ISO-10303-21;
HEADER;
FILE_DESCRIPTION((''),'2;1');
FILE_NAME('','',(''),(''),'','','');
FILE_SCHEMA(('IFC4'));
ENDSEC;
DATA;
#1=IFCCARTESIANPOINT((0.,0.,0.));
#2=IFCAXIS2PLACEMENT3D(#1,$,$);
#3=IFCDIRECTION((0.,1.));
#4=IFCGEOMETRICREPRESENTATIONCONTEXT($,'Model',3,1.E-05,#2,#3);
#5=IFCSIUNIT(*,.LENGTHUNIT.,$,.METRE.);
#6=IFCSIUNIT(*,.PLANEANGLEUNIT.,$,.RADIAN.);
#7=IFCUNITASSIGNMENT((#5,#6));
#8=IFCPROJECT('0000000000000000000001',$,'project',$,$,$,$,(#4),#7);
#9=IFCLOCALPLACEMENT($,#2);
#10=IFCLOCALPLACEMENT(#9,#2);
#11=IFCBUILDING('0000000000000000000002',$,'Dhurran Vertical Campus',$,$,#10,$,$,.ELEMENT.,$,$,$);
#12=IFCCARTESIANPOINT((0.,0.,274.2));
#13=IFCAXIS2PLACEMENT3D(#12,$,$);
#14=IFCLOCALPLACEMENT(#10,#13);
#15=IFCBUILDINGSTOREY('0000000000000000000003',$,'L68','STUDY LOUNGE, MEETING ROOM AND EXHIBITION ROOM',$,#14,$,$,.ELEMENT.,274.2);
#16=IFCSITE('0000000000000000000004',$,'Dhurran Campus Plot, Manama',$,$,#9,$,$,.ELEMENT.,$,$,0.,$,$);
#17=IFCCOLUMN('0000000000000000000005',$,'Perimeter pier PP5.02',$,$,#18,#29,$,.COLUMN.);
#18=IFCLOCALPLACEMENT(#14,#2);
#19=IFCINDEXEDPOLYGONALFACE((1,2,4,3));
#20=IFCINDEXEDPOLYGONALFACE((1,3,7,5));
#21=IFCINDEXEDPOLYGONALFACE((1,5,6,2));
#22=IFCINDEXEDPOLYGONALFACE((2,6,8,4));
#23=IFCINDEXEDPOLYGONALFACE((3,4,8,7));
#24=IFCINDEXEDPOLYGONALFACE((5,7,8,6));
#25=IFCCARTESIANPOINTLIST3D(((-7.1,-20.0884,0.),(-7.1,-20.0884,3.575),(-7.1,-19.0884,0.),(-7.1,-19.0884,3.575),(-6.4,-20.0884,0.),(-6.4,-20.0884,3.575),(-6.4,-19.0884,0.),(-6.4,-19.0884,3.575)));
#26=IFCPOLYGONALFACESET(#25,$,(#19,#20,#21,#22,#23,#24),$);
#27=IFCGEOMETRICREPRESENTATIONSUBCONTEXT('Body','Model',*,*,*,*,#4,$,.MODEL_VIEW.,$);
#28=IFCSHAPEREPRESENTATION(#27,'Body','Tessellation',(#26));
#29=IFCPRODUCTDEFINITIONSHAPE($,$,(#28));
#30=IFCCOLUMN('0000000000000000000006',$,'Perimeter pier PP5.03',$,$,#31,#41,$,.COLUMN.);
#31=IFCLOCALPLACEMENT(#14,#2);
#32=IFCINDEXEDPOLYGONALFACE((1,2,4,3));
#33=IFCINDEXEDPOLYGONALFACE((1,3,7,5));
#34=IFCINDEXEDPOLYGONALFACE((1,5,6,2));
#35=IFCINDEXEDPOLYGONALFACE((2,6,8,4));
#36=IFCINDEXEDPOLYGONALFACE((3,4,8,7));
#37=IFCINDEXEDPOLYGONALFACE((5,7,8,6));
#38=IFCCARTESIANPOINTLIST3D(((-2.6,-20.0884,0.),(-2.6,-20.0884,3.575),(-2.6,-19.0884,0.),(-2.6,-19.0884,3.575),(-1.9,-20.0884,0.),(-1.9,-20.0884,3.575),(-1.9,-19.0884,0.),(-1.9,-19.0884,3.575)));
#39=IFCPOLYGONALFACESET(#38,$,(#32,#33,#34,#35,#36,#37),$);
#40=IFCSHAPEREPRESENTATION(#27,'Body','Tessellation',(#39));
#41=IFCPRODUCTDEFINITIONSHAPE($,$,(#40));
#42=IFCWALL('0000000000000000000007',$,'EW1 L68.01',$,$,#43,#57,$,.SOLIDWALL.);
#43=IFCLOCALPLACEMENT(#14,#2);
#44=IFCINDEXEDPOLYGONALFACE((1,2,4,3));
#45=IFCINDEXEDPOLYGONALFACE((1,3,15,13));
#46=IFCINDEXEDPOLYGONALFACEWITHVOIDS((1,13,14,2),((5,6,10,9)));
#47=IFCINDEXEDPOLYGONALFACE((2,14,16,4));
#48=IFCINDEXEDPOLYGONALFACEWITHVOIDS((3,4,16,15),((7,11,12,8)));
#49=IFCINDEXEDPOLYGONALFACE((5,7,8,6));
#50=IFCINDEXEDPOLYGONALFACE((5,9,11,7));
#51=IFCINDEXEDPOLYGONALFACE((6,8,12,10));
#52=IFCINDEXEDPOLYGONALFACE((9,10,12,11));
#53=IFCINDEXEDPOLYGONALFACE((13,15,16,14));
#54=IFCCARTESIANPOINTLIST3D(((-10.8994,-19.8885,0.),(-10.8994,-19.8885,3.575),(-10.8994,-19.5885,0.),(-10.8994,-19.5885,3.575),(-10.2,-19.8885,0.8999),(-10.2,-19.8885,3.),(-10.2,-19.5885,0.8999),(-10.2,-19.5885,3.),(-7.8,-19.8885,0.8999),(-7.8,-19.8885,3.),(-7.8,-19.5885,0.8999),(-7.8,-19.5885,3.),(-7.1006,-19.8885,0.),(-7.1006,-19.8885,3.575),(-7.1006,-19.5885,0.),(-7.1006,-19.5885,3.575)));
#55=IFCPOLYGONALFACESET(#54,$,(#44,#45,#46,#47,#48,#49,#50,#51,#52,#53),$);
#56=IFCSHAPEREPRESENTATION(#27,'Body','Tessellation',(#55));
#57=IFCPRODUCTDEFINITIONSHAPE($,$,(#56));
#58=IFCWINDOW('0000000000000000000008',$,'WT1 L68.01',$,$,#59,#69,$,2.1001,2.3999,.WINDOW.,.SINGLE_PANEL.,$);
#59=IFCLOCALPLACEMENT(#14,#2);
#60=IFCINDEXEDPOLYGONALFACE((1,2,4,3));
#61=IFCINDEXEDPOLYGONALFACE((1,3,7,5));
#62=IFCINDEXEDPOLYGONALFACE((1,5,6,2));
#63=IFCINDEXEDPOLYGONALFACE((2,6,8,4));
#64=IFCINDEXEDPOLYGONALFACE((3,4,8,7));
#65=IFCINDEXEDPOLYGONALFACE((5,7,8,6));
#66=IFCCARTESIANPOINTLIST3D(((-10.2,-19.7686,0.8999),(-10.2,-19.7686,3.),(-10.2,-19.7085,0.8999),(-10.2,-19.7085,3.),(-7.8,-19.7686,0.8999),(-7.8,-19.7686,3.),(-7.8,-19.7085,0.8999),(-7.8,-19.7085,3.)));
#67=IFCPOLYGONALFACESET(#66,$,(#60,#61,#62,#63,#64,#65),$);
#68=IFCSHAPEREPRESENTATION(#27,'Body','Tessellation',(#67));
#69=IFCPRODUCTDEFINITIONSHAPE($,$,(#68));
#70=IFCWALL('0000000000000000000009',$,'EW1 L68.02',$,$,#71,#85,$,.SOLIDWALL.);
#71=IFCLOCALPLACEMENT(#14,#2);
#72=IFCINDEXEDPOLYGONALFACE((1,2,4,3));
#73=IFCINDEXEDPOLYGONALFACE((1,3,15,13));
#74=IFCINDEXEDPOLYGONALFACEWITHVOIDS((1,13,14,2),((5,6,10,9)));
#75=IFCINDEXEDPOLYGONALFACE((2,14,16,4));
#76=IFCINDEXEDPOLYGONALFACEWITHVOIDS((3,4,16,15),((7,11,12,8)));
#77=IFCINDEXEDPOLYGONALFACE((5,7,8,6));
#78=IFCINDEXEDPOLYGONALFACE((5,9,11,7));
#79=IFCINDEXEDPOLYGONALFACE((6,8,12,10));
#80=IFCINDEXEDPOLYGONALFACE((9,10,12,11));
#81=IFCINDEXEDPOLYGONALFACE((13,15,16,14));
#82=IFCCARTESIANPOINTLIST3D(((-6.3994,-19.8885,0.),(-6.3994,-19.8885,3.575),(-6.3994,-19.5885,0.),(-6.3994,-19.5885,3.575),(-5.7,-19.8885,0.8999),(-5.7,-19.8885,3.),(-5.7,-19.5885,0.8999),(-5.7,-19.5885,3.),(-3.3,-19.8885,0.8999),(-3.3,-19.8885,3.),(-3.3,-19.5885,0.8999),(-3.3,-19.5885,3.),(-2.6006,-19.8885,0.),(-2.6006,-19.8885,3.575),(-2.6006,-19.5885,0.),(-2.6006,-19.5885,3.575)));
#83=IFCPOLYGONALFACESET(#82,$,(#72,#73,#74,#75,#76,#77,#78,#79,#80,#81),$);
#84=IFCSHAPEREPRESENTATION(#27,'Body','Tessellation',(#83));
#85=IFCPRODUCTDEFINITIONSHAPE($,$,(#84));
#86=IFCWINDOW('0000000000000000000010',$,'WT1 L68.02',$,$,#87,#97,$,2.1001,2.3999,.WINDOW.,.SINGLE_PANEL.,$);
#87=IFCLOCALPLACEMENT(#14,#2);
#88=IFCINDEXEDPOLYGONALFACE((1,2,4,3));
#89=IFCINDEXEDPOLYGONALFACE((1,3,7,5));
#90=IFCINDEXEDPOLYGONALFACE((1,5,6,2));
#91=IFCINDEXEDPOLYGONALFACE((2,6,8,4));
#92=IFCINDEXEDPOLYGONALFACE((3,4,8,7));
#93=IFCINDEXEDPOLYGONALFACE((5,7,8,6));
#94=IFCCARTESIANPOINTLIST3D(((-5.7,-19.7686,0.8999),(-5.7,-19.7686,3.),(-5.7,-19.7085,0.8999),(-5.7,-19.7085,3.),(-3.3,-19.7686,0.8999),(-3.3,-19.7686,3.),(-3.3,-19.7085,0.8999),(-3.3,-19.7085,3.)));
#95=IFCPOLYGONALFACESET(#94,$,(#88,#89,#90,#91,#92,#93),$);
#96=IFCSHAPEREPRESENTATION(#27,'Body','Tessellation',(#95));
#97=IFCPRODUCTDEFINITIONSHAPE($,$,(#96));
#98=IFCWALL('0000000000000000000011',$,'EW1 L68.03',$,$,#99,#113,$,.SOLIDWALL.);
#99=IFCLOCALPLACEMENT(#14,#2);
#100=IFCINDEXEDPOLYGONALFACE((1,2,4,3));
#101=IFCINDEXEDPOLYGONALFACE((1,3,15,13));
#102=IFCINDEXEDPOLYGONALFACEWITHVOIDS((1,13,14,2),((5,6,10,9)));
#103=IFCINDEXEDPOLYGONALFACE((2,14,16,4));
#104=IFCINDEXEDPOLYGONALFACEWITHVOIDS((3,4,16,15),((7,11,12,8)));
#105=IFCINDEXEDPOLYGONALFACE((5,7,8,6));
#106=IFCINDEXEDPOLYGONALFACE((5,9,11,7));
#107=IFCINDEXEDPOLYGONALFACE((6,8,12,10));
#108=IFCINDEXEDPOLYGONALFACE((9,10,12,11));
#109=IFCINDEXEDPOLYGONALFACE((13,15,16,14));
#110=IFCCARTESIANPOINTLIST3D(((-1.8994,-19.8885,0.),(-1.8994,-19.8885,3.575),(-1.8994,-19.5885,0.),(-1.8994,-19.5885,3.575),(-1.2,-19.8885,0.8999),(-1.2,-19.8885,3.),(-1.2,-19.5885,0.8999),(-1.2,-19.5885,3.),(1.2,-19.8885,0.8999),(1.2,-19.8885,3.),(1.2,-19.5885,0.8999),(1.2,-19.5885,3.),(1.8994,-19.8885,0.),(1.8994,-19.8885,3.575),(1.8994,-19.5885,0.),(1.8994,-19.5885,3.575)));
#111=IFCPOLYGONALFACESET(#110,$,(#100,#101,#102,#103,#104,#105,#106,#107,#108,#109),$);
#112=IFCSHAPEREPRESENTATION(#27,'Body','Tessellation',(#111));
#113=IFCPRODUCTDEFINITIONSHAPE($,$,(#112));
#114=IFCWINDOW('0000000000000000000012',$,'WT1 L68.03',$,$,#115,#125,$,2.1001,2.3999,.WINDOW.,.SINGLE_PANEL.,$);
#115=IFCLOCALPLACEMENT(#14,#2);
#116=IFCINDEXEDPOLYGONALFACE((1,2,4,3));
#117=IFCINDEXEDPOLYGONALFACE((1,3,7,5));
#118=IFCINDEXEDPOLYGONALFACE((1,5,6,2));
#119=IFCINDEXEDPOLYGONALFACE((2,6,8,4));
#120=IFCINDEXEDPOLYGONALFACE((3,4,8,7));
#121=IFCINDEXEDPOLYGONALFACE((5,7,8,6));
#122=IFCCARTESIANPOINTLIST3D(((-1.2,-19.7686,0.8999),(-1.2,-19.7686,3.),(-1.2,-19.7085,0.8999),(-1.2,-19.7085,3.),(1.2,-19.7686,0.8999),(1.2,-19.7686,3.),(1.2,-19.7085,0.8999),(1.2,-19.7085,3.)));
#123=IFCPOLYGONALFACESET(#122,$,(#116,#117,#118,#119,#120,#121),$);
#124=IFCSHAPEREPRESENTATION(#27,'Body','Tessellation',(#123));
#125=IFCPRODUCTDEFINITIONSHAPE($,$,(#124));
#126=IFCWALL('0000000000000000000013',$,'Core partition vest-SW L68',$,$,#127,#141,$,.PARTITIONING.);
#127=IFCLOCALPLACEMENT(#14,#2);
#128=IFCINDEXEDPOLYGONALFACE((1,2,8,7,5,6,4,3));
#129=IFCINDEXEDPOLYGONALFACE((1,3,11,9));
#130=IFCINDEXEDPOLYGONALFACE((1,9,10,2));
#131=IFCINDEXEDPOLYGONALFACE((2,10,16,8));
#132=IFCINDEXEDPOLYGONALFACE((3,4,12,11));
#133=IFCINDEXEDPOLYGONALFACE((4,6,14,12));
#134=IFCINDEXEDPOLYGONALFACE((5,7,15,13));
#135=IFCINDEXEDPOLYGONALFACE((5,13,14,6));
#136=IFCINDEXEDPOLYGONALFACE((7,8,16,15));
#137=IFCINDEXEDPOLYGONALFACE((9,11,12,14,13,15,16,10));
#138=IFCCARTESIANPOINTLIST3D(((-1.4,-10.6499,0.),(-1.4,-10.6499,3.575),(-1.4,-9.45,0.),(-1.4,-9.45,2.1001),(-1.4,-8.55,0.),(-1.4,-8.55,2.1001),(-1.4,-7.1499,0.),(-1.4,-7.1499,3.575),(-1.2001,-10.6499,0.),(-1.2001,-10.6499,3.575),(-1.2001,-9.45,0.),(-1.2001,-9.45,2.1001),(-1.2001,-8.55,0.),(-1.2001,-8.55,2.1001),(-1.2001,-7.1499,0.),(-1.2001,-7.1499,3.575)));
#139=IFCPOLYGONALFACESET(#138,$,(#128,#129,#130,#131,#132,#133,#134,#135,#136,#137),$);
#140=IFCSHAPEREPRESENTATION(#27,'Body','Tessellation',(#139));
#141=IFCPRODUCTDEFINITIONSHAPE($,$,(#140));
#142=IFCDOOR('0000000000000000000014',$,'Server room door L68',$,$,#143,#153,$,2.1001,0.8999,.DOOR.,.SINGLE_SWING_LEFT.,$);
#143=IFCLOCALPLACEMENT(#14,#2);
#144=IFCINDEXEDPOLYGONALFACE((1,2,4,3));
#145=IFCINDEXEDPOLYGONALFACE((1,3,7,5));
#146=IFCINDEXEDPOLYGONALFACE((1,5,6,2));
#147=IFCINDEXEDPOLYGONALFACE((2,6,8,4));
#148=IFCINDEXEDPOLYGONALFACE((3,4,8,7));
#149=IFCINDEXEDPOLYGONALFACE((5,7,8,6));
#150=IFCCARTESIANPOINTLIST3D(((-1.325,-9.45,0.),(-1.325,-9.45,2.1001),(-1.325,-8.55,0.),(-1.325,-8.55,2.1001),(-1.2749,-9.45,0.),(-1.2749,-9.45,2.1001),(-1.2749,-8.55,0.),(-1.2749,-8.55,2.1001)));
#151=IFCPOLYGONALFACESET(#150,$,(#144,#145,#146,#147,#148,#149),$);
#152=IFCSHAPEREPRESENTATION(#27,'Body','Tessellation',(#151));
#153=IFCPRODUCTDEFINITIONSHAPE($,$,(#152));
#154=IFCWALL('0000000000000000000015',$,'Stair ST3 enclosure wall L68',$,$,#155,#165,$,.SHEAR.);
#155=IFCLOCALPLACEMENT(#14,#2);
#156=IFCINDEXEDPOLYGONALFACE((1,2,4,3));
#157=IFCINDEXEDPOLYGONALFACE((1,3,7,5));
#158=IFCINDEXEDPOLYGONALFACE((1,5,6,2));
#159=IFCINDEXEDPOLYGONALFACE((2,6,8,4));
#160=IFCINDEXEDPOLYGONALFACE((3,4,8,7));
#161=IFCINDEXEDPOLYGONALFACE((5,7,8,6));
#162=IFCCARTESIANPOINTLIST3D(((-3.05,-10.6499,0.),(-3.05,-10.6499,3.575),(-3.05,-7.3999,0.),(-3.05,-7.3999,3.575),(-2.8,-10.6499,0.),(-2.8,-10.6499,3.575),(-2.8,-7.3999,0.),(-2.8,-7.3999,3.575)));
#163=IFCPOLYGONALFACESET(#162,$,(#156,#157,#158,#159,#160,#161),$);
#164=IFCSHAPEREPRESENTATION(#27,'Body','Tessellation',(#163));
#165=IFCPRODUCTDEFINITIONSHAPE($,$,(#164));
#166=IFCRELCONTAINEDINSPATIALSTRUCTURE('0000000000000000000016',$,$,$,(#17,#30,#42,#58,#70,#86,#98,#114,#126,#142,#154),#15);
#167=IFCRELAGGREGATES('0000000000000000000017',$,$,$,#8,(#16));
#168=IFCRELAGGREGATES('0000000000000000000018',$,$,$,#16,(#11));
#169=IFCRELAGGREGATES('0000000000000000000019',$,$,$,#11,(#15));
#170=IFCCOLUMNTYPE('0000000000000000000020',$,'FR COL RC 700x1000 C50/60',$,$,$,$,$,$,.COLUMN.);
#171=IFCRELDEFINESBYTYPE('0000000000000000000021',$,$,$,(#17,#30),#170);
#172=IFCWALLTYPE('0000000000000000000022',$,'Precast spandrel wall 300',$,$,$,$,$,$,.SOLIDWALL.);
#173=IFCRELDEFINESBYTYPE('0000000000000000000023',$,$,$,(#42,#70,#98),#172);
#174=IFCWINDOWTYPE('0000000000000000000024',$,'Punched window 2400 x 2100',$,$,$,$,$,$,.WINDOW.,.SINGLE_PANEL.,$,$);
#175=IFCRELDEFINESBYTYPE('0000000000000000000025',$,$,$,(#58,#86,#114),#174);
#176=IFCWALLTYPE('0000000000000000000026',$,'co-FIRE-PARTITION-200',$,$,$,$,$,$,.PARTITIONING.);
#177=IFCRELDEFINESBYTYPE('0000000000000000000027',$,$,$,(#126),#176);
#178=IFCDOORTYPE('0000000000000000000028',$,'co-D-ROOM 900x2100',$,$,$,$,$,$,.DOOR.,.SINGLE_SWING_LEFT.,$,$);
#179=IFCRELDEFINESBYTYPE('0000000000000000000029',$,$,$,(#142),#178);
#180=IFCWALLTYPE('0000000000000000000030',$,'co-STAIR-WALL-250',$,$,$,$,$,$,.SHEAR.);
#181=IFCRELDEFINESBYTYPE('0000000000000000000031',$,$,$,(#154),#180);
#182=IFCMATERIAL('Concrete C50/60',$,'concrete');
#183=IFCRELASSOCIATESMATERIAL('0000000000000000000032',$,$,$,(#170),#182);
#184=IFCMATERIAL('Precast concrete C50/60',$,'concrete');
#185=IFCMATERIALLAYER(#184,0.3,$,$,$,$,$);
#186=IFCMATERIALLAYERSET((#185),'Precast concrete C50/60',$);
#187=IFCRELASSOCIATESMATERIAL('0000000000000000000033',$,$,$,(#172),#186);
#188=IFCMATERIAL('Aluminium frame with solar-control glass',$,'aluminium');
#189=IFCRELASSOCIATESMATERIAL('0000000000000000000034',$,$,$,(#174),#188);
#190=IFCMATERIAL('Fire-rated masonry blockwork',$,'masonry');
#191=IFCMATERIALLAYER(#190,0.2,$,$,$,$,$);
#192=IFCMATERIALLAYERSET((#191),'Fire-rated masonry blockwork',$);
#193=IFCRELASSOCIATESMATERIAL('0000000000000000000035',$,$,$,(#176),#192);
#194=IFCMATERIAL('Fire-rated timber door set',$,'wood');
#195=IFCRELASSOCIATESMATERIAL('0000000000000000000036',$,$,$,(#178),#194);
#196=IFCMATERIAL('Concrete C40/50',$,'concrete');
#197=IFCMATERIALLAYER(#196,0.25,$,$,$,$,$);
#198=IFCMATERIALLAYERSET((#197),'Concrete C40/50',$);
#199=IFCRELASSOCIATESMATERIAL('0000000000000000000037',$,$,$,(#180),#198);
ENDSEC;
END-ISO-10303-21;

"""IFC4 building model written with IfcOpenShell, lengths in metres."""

from ifc_helpers import new_model, si_unit, direction, frame, frame_2d, origin, origin_2d, place, context, subcontext, project, spatial, rectangle, extrude, material, layer, layer_set, material_profile, profile_set, type_object, element, fill, save


model = new_model("IFC4")

# Units and contexts
model_context = context("Model", 3, precision=1e-05, world=origin(), true_north=direction((0.0, 1.0)))
body_context = subcontext(model_context, "Body", "Model", "MODEL_VIEW")
ifc_project = project(units=[si_unit("LENGTHUNIT", "METRE"), si_unit("PLANEANGLEUNIT", "RADIAN")], contexts=[model_context])

# Site, building, storey
site_placement = place(None, origin())
site = spatial("IfcSite", under=ifc_project, at=site_placement, Name="Dhurran Campus Plot, Manama", CompositionType="ELEMENT", RefElevation=0.0)
building_placement = place(site_placement, origin())
building = spatial("IfcBuilding", under=site, at=building_placement, Name="Dhurran Vertical Campus", CompositionType="ELEMENT")
storey_placement = place(building_placement, frame((0.0, 0.0, 274.2)))
storey = spatial("IfcBuildingStorey", under=building, at=storey_placement, Name="L68", Description="STUDY LOUNGE, MEETING ROOM AND EXHIBITION ROOM", CompositionType="ELEMENT", Elevation=274.2)

# Columns
ifc_material_1 = material(Name="Concrete C50/60", Category="concrete")
ifc_material_profile = material_profile(ifc_material_1, rectangle(XDim=0.7, YDim=1.0, at=origin_2d()), Name="RC 700x1000")
ifc_profile_set = profile_set([ifc_material_profile], Name="Concrete C50/60")
column_type = type_object("IfcColumnType", Name="FR COL RC 700x1000 C50/60", PredefinedType="COLUMN", material=ifc_profile_set)
for number, where, z_axis, x_axis, name in (
    (1, (-6.75, -19.5884, 0.0), (0.0, 0.0, 1.0), (1.0, 0.0, 0.0), "Perimeter pier PP5.02"),
    (2, (-2.25, -19.5884, 0.0), (0.0, 0.0, 1.0), (1.0, 0.0, 0.0), "Perimeter pier PP5.03"),
):
    element("IfcColumn", number, at=place(storey_placement, frame(where, z_axis=z_axis, x_axis=x_axis)), inside=storey, type_object=column_type, Name=name, PredefinedType="COLUMN", context=body_context, shape_type="SweptSolid", body=[
        extrude(rectangle(XDim=0.7, YDim=1.0, at=origin_2d()), origin(), (0.0, 0.0, 1.0), 3.575),
    ])

# Walls, openings, windows
ifc_material_2 = material(Name="Precast concrete C50/60", Category="concrete")
ifc_layer_1 = layer(ifc_material_2, 0.3)
ifc_layer_set_1 = layer_set([ifc_layer_1], Name="Precast concrete C50/60")
wall_type_1 = type_object("IfcWallType", Name="Precast spandrel wall 300", PredefinedType="SOLIDWALL", material=ifc_layer_set_1)
wall_1_placement = place(storey_placement, frame((-10.8994, -19.7385, 0.0), z_axis=(0.0, 0.0, 1.0), x_axis=(1.0, 0.0, 0.0)))
wall_1 = element("IfcWall", 3, at=wall_1_placement, inside=storey, type_object=wall_type_1, Name="EW1 L68.01", PredefinedType="SOLIDWALL", context=body_context, shape_type="SweptSolid", body=[
    extrude(rectangle(XDim=3.7988, YDim=0.3, at=frame_2d((1.8994, 0.0))), origin(), (0.0, 0.0, 1.0), 3.575),
])
opening_1_placement = place(wall_1_placement, frame((0.6995, 0.0, 0.8999)))
opening_1 = element("IfcOpeningElement", 4, at=opening_1_placement, cuts=wall_1, PredefinedType="OPENING", context=body_context, shape_type="SweptSolid", body=[
    extrude(rectangle(XDim=2.3999, YDim=2.1001, at=frame_2d((1.2, 1.05))), frame((0.0, 0.1599, 0.0), z_axis=(0.0, -1.0, 0.0), x_axis=(1.0, 0.0, 0.0)), (0.0, 0.0, 1.0), 0.3201),
])
ifc_material_3 = material(Name="Aluminium frame with solar-control glass", Category="aluminium")
window_type = type_object("IfcWindowType", Name="Punched window 2400 x 2100", PartitioningType="SINGLE_PANEL", PredefinedType="WINDOW", material=ifc_material_3)
window_1_placement = place(opening_1_placement, origin())
window_1 = element("IfcWindow", 5, at=window_1_placement, inside=storey, type_object=window_type, Name="WT1 L68.01", OverallHeight=2.1001, OverallWidth=2.3999, PartitioningType="SINGLE_PANEL", PredefinedType="WINDOW", context=body_context, shape_type="SweptSolid", body=[
    extrude(rectangle(XDim=2.3999, YDim=2.1001, at=frame_2d((1.2, 1.05))), frame((0.0, 0.03, 0.0), z_axis=(0.0, -1.0, 0.0), x_axis=(1.0, 0.0, 0.0)), (0.0, 0.0, 1.0), 0.0601),
])
fill(opening_1, window_1)
wall_2_placement = place(storey_placement, frame((-6.3994, -19.7385, 0.0), z_axis=(0.0, 0.0, 1.0), x_axis=(1.0, 0.0, 0.0)))
wall_2 = element("IfcWall", 6, at=wall_2_placement, inside=storey, type_object=wall_type_1, Name="EW1 L68.02", PredefinedType="SOLIDWALL", context=body_context, shape_type="SweptSolid", body=[
    extrude(rectangle(XDim=3.7988, YDim=0.3, at=frame_2d((1.8994, 0.0))), origin(), (0.0, 0.0, 1.0), 3.575),
])
opening_2_placement = place(wall_2_placement, frame((0.6995, 0.0, 0.8999)))
opening_2 = element("IfcOpeningElement", 7, at=opening_2_placement, cuts=wall_2, PredefinedType="OPENING", context=body_context, shape_type="SweptSolid", body=[
    extrude(rectangle(XDim=2.3999, YDim=2.1001, at=frame_2d((1.2, 1.05))), frame((0.0, 0.1599, 0.0), z_axis=(0.0, -1.0, 0.0), x_axis=(1.0, 0.0, 0.0)), (0.0, 0.0, 1.0), 0.3201),
])
window_2_placement = place(opening_2_placement, origin())
window_2 = element("IfcWindow", 8, at=window_2_placement, inside=storey, type_object=window_type, Name="WT1 L68.02", OverallHeight=2.1001, OverallWidth=2.3999, PartitioningType="SINGLE_PANEL", PredefinedType="WINDOW", context=body_context, shape_type="SweptSolid", body=[
    extrude(rectangle(XDim=2.3999, YDim=2.1001, at=frame_2d((1.2, 1.05))), frame((0.0, 0.03, 0.0), z_axis=(0.0, -1.0, 0.0), x_axis=(1.0, 0.0, 0.0)), (0.0, 0.0, 1.0), 0.0601),
])
fill(opening_2, window_2)
wall_3_placement = place(storey_placement, frame((-1.8994, -19.7385, 0.0), z_axis=(0.0, 0.0, 1.0), x_axis=(1.0, 0.0, 0.0)))
wall_3 = element("IfcWall", 9, at=wall_3_placement, inside=storey, type_object=wall_type_1, Name="EW1 L68.03", PredefinedType="SOLIDWALL", context=body_context, shape_type="SweptSolid", body=[
    extrude(rectangle(XDim=3.7988, YDim=0.3, at=frame_2d((1.8994, 0.0))), origin(), (0.0, 0.0, 1.0), 3.575),
])
opening_3_placement = place(wall_3_placement, frame((0.6995, 0.0, 0.8999)))
opening_3 = element("IfcOpeningElement", 10, at=opening_3_placement, cuts=wall_3, PredefinedType="OPENING", context=body_context, shape_type="SweptSolid", body=[
    extrude(rectangle(XDim=2.3999, YDim=2.1001, at=frame_2d((1.2, 1.05))), frame((0.0, 0.1599, 0.0), z_axis=(0.0, -1.0, 0.0), x_axis=(1.0, 0.0, 0.0)), (0.0, 0.0, 1.0), 0.3201),
])
window_3_placement = place(opening_3_placement, origin())
window_3 = element("IfcWindow", 11, at=window_3_placement, inside=storey, type_object=window_type, Name="WT1 L68.03", OverallHeight=2.1001, OverallWidth=2.3999, PartitioningType="SINGLE_PANEL", PredefinedType="WINDOW", context=body_context, shape_type="SweptSolid", body=[
    extrude(rectangle(XDim=2.3999, YDim=2.1001, at=frame_2d((1.2, 1.05))), frame((0.0, 0.03, 0.0), z_axis=(0.0, -1.0, 0.0), x_axis=(1.0, 0.0, 0.0)), (0.0, 0.0, 1.0), 0.0601),
])
fill(opening_3, window_3)

# Wall, opening, door
ifc_material_4 = material(Name="Fire-rated masonry blockwork", Category="masonry")
ifc_layer_2 = layer(ifc_material_4, 0.2)
ifc_layer_set_2 = layer_set([ifc_layer_2], Name="Fire-rated masonry blockwork")
wall_type_2 = type_object("IfcWallType", Name="co-FIRE-PARTITION-200", PredefinedType="PARTITIONING", material=ifc_layer_set_2)
wall_4_placement = place(storey_placement, frame((-1.3, -10.6499, 0.0), z_axis=(0.0, 0.0, 1.0), x_axis=(0.0, 1.0, 0.0)))
wall_4 = element("IfcWall", 12, at=wall_4_placement, inside=storey, type_object=wall_type_2, Name="Core partition vest-SW L68", PredefinedType="PARTITIONING", context=body_context, shape_type="SweptSolid", body=[
    extrude(rectangle(XDim=3.5, YDim=0.2, at=frame_2d((1.75, 0.0))), origin(), (0.0, 0.0, 1.0), 3.575),
])
opening_4_placement = place(wall_4_placement, frame((1.2, 0.0, 0.0)))
opening_4 = element("IfcOpeningElement", 13, at=opening_4_placement, cuts=wall_4, PredefinedType="OPENING", context=body_context, shape_type="SweptSolid", body=[
    extrude(rectangle(XDim=0.8999, YDim=2.1001, at=frame_2d((0.45, 1.05))), frame((0.0, 0.1099, 0.0), z_axis=(0.0, -1.0, 0.0), x_axis=(1.0, 0.0, 0.0)), (0.0, 0.0, 1.0), 0.22),
])
ifc_material_5 = material(Name="Fire-rated timber door set", Category="wood")
door_type_1 = type_object("IfcDoorType", Name="co-D-ROOM 900x2100", OperationType="SINGLE_SWING_LEFT", PredefinedType="DOOR", material=ifc_material_5)
door_1_placement = place(opening_4_placement, origin())
door_1 = element("IfcDoor", 14, at=door_1_placement, inside=storey, type_object=door_type_1, Name="Server room door L68", OperationType="SINGLE_SWING_LEFT", OverallHeight=2.1001, OverallWidth=0.8999, PredefinedType="DOOR", context=body_context, shape_type="SweptSolid", body=[
    extrude(rectangle(XDim=0.8999, YDim=2.1001, at=frame_2d((0.45, 1.05))), frame((0.0, 0.0249, 0.0), z_axis=(0.0, -1.0, 0.0), x_axis=(1.0, 0.0, 0.0)), (0.0, 0.0, 1.0), 0.05),
])
fill(opening_4, door_1)

# Wall
ifc_material_6 = material(Name="Concrete C40/50", Category="concrete")
ifc_layer_3 = layer(ifc_material_6, 0.25)
ifc_layer_set_3 = layer_set([ifc_layer_3], Name="Concrete C40/50")
wall_type_3 = type_object("IfcWallType", Name="co-STAIR-WALL-250", PredefinedType="SHEAR", material=ifc_layer_set_3)
wall_5_placement = place(storey_placement, frame((-2.925, -10.6499, 0.0), z_axis=(0.0, 0.0, 1.0), x_axis=(0.0, 1.0, 0.0)))
element("IfcWall", 15, at=wall_5_placement, inside=storey, type_object=wall_type_3, Name="Stair ST3 enclosure wall L68", PredefinedType="SHEAR", context=body_context, shape_type="SweptSolid", body=[
    extrude(rectangle(XDim=3.25, YDim=0.25, at=frame_2d((1.625, 0.0))), origin(), (0.0, 0.0, 1.0), 3.575),
])

save(model, "model.ifc")
